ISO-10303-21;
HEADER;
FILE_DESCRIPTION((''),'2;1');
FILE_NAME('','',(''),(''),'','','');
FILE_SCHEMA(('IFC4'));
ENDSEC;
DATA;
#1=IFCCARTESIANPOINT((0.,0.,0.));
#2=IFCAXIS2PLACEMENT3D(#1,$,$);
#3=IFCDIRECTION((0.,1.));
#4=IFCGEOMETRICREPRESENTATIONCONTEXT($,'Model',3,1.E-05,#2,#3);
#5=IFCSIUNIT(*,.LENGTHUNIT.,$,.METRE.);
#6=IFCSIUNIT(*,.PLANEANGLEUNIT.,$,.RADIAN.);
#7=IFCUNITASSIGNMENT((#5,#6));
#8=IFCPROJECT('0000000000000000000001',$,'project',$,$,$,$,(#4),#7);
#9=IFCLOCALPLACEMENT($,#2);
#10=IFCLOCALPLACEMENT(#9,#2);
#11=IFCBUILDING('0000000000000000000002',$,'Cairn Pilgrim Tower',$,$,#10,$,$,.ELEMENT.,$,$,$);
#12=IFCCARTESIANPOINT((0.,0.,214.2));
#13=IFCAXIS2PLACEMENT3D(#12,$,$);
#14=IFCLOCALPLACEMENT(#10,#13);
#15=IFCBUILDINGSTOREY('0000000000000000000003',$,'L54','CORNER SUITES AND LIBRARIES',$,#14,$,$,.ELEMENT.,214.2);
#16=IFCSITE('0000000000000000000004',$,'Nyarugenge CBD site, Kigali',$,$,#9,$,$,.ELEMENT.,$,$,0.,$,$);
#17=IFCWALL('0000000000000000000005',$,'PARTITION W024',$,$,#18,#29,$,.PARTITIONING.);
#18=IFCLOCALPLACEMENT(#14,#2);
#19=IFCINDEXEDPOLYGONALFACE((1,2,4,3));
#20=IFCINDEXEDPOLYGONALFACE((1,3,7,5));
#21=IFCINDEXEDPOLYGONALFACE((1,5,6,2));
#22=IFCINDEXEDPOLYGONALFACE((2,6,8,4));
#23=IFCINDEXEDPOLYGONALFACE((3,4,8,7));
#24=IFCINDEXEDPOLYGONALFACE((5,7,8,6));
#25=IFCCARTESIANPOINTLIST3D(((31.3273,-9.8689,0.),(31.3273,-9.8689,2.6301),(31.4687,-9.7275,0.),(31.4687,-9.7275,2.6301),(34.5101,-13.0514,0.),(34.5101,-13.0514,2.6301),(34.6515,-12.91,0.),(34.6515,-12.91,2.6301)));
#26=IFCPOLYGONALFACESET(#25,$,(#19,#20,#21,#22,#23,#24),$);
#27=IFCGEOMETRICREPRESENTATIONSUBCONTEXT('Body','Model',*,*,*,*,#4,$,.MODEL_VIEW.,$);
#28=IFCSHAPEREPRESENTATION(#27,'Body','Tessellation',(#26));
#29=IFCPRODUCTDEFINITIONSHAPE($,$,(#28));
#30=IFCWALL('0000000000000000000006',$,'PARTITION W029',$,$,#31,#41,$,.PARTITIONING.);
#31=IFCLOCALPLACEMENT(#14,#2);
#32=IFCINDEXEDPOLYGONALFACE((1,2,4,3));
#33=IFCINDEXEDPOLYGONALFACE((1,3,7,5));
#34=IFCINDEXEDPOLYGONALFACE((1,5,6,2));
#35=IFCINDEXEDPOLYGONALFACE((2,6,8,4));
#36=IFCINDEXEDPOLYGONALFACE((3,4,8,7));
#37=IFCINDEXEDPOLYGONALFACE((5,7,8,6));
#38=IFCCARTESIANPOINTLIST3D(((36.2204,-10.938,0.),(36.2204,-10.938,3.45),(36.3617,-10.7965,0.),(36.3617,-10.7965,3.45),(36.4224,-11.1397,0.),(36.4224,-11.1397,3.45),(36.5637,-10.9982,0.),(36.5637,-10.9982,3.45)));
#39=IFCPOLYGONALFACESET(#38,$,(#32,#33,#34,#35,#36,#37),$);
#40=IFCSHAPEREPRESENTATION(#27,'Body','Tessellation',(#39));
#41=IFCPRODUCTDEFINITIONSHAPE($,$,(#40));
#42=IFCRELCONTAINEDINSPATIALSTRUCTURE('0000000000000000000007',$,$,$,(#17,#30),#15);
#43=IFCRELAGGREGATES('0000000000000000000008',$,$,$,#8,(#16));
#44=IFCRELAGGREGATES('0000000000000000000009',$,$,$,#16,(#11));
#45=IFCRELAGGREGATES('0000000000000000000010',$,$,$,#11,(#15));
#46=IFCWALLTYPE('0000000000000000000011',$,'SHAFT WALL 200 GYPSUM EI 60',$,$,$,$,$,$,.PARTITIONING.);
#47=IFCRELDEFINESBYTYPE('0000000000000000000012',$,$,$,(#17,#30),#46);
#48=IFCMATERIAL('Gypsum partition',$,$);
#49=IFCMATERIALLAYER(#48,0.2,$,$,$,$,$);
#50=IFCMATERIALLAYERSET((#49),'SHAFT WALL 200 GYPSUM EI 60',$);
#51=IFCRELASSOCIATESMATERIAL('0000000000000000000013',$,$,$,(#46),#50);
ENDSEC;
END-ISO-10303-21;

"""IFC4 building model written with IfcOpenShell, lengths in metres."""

from ifc_helpers import new_model, si_unit, direction, frame, frame_2d, origin, place, context, subcontext, project, spatial, rectangle, extrude, material, layer, layer_set, type_object, element, save


model = new_model("IFC4")

# Units and contexts
model_context = context("Model", 3, precision=1e-05, world=origin(), true_north=direction((0.0, 1.0)))
body_context = subcontext(model_context, "Body", "Model", "MODEL_VIEW")
ifc_project = project(units=[si_unit("LENGTHUNIT", "METRE"), si_unit("PLANEANGLEUNIT", "RADIAN")], contexts=[model_context])

# Site, building, storey
site_placement = place(None, origin())
site = spatial("IfcSite", under=ifc_project, at=site_placement, Name="Nyarugenge CBD site, Kigali", CompositionType="ELEMENT", RefElevation=0.0)
building_placement = place(site_placement, origin())
building = spatial("IfcBuilding", under=site, at=building_placement, Name="Cairn Pilgrim Tower", CompositionType="ELEMENT")
storey_placement = place(building_placement, frame((0.0, 0.0, 214.2)))
storey = spatial("IfcBuildingStorey", under=building, at=storey_placement, Name="L54", Description="CORNER SUITES AND LIBRARIES", CompositionType="ELEMENT", Elevation=214.2)

# Walls
ifc_material_1 = material(Name="Gypsum partition")
ifc_layer_1 = layer(ifc_material_1, 0.2)
ifc_layer_set_1 = layer_set([ifc_layer_1], Name="SHAFT WALL 200 GYPSUM EI 60")
wall_type_1 = type_object("IfcWallType", Name="SHAFT WALL 200 GYPSUM EI 60", PredefinedType="PARTITIONING", material=ifc_layer_set_1)
wall_1_placement = place(storey_placement, frame((34.5808, -12.9807, 0.0), z_axis=(0.0, 0.0, 1.0), x_axis=(-0.707134, 0.70708, 0.0)))
element("IfcWall", 1, at=wall_1_placement, inside=storey, type_object=wall_type_1, Name="PARTITION W024", PredefinedType="PARTITIONING", context=body_context, shape_type="SweptSolid", body=[
    extrude(rectangle(XDim=4.501, YDim=0.2, at=frame_2d((2.2505, 0.0))), origin(), (0.0, 0.0, 1.0), 2.6301),
])
wall_2_placement = place(storey_placement, frame((36.4929, -11.0688, 0.0), z_axis=(0.0, 0.0, 1.0), x_axis=(-0.707534, 0.706679, 0.0)))
element("IfcWall", 2, at=wall_2_placement, inside=storey, type_object=wall_type_1, Name="PARTITION W029", PredefinedType="PARTITIONING", context=body_context, shape_type="SweptSolid", body=[
    extrude(rectangle(XDim=0.2854, YDim=0.2, at=frame_2d((0.1426, 0.0))), origin(), (0.0, 0.0, 1.0), 3.45),
])

save(model, "model.ifc")
